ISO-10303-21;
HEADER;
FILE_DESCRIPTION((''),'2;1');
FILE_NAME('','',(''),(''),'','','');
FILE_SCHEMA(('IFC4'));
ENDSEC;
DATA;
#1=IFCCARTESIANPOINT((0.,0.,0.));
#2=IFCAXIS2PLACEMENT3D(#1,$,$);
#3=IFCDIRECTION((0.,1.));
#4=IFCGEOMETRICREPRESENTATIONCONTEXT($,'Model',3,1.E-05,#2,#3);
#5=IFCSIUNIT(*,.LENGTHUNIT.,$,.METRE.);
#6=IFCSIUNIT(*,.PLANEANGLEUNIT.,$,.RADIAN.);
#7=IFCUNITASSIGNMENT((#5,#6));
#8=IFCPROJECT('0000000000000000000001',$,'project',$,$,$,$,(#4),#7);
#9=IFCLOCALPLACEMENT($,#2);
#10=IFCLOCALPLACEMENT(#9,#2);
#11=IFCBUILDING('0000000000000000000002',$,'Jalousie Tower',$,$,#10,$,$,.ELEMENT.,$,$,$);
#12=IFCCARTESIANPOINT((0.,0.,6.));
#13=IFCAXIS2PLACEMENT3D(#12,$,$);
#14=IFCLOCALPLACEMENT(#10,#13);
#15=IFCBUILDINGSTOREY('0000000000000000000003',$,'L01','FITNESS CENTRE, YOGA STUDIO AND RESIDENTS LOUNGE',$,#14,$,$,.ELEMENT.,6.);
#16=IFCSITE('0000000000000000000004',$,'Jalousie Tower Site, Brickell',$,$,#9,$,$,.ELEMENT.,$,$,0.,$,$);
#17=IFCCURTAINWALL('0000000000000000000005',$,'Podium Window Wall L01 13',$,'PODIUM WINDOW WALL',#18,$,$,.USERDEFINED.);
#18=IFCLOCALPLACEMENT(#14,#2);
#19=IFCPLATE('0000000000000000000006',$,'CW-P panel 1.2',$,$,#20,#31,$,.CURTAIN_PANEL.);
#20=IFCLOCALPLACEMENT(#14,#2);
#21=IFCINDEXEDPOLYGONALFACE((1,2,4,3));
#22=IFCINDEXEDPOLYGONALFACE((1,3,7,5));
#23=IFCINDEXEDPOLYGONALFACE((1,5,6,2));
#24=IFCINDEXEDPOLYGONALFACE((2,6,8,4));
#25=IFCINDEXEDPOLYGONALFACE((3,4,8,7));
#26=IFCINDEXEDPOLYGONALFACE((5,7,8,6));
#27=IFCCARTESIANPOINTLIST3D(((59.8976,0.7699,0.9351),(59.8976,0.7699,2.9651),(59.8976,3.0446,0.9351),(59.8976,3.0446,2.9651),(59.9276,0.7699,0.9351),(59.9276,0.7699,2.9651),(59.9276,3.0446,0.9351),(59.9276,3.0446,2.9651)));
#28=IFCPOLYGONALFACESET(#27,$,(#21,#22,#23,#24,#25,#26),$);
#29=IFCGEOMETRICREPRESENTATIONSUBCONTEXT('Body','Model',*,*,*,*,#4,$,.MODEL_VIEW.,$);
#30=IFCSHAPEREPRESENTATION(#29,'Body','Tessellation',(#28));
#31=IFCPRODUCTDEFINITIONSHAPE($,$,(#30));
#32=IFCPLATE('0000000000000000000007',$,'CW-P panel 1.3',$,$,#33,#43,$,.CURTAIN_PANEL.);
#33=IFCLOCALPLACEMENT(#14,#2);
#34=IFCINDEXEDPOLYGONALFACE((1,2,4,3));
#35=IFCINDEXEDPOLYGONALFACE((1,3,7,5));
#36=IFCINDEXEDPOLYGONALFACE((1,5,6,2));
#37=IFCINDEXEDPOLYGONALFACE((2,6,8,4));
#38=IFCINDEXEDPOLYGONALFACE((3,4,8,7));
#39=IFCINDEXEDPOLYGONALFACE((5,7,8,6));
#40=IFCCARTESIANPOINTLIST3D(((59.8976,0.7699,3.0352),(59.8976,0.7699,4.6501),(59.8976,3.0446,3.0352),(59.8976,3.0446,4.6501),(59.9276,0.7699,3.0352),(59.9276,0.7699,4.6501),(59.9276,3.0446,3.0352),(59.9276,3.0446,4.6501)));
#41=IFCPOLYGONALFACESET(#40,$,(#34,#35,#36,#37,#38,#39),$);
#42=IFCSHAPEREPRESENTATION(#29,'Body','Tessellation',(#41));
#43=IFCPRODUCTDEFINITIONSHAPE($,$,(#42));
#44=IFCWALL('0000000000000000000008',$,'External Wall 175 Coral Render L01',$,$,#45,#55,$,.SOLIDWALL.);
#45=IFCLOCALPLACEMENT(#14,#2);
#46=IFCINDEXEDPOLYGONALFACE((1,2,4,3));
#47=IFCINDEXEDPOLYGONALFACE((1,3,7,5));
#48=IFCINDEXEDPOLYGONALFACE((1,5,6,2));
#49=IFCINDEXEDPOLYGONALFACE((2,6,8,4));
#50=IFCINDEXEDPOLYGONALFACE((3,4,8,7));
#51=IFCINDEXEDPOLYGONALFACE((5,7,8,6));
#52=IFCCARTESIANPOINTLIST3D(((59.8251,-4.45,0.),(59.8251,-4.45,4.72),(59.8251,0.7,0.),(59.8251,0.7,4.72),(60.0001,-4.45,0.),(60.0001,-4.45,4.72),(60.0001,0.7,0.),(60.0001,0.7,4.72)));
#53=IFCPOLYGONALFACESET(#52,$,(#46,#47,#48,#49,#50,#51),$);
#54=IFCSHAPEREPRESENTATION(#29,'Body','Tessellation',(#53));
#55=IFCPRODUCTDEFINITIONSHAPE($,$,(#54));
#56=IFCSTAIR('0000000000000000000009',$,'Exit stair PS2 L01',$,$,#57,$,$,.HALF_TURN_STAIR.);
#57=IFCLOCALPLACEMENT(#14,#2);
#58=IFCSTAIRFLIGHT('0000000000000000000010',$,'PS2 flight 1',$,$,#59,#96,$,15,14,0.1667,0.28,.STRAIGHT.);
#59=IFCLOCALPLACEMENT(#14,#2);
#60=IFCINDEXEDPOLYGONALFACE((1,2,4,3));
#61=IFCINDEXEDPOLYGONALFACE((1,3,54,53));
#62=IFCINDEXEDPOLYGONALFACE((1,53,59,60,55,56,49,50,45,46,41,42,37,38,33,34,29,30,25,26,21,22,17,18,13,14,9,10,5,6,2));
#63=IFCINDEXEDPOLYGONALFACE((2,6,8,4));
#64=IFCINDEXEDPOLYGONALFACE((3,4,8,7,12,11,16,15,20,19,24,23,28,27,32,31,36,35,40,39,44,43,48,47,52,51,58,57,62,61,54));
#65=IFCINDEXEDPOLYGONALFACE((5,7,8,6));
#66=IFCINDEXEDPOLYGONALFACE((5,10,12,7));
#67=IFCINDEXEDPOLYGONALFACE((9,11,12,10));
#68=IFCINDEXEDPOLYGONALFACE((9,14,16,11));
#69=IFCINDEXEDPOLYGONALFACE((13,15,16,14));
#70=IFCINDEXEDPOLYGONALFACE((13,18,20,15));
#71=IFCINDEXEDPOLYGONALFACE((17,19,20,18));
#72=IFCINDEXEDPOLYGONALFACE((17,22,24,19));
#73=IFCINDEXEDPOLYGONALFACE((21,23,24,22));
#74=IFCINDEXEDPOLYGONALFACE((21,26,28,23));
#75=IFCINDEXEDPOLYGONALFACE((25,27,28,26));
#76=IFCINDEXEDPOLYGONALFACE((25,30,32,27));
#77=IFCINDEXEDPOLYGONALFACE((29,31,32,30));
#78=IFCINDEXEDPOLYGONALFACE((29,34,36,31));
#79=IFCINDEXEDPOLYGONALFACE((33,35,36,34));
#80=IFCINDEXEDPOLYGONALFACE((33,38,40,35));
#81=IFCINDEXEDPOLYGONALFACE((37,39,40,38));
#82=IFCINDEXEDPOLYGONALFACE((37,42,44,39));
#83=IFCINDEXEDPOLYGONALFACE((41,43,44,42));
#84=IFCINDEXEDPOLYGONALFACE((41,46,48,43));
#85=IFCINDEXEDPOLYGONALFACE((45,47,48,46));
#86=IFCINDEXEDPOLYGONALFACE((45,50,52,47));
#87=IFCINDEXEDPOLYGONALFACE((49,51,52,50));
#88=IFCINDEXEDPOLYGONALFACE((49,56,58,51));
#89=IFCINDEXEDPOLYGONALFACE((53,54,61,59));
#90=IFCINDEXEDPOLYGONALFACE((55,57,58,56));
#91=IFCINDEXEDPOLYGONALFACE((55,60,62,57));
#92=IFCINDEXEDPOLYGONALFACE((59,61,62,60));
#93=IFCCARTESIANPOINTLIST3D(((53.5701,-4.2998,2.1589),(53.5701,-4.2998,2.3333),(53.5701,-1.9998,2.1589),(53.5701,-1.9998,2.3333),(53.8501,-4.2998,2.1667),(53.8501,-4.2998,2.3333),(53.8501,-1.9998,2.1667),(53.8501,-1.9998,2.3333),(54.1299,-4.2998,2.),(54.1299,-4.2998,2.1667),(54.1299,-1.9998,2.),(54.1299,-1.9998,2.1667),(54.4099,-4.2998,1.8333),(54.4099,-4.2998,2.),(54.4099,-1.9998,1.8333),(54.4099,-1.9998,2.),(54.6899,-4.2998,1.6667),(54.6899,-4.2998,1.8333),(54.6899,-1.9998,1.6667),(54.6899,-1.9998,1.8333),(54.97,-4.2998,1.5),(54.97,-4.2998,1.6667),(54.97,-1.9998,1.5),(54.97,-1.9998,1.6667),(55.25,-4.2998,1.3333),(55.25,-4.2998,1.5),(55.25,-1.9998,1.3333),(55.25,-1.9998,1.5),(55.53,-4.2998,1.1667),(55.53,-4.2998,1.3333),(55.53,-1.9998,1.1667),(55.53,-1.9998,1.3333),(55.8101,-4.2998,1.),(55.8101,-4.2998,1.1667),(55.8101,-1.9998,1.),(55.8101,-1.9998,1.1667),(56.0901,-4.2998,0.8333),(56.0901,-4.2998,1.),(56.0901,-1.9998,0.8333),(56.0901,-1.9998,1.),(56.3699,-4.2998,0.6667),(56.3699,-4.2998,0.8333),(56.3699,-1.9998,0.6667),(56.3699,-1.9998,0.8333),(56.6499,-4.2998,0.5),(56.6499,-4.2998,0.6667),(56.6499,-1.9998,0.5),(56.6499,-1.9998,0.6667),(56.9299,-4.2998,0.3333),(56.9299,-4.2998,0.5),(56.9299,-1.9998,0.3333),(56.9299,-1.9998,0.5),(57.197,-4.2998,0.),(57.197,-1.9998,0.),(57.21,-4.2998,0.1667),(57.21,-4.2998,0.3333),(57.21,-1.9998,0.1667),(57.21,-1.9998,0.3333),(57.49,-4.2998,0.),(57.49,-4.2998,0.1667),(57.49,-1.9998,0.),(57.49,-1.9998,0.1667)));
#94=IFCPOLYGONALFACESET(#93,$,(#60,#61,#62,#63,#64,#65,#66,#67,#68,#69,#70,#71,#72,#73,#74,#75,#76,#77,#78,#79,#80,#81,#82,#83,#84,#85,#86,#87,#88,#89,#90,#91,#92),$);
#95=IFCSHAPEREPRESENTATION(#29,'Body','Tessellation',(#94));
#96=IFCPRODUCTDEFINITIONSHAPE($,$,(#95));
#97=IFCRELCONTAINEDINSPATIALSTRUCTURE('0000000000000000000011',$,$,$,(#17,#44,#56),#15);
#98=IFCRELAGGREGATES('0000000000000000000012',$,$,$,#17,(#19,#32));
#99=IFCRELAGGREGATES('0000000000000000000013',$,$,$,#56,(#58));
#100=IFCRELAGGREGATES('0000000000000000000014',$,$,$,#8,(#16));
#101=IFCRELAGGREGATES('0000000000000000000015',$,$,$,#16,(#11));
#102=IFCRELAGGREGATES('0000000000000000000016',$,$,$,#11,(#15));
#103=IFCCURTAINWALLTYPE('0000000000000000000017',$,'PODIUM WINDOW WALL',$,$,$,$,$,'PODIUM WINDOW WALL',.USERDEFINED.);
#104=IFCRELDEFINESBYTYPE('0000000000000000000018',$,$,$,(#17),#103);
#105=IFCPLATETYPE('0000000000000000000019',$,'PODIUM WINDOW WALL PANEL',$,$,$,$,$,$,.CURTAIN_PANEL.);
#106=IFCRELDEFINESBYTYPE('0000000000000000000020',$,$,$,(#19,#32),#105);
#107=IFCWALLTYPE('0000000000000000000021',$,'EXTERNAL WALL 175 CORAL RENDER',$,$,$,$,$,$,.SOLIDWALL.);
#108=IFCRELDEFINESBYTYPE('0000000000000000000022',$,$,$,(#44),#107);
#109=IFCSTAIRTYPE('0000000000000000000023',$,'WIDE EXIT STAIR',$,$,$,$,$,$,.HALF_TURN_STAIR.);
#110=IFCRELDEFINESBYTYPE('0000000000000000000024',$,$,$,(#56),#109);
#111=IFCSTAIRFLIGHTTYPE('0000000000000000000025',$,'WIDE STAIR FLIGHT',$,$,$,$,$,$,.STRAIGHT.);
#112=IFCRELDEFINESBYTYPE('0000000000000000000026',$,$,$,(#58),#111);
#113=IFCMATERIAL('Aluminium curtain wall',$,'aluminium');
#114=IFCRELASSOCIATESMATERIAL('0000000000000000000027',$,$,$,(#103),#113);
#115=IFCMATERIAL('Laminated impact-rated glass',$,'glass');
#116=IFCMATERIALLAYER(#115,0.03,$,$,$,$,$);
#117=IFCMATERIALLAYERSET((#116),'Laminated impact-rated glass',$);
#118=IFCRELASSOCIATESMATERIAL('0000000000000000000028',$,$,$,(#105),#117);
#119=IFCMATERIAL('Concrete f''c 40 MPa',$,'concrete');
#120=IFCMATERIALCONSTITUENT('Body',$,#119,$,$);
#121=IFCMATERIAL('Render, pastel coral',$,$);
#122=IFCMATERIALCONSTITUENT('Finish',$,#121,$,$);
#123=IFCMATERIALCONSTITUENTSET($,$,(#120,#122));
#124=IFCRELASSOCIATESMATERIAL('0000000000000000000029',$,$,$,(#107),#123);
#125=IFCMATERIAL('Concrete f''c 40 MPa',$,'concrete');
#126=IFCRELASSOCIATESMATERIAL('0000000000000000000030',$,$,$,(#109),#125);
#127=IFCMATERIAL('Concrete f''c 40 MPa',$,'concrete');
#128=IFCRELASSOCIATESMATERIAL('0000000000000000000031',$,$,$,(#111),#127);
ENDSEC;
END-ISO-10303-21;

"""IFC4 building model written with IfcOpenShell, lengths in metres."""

from ifc_helpers import new_model, si_unit, direction, frame, frame_2d, origin, origin_2d, place, context, subcontext, project, spatial, polyline, rectangle, outline, extrude, material, layer, layer_set, constituent, constituent_set, type_object, element, aggregate, save


model = new_model("IFC4")

# Units and contexts
model_context = context("Model", 3, precision=1e-05, world=origin(), true_north=direction((0.0, 1.0)))
body_context = subcontext(model_context, "Body", "Model", "MODEL_VIEW")
ifc_project = project(units=[si_unit("LENGTHUNIT", "METRE"), si_unit("PLANEANGLEUNIT", "RADIAN")], contexts=[model_context])

# Site, building, storey
site_placement = place(None, origin())
site = spatial("IfcSite", under=ifc_project, at=site_placement, Name="Jalousie Tower Site, Brickell", CompositionType="ELEMENT", RefElevation=0.0)
building_placement = place(site_placement, origin())
building = spatial("IfcBuilding", under=site, at=building_placement, Name="Jalousie Tower", CompositionType="ELEMENT")
storey_placement = place(building_placement, frame((0.0, 0.0, 6.0)))
storey = spatial("IfcBuildingStorey", under=building, at=storey_placement, Name="L01", Description="FITNESS CENTRE, YOGA STUDIO AND RESIDENTS LOUNGE", CompositionType="ELEMENT", Elevation=6.0)

# Shared definitions
ifc_material_1 = material(Name="Aluminium curtain wall", Category="aluminium")
curtain_wall_type = type_object("IfcCurtainWallType", Name="PODIUM WINDOW WALL", ElementType="PODIUM WINDOW WALL", PredefinedType="USERDEFINED", material=ifc_material_1)

# Curtain wall
curtain_wall_1_placement = place(storey_placement, origin())
curtain_wall_1 = element("IfcCurtainWall", 1, at=curtain_wall_1_placement, inside=storey, type_object=curtain_wall_type, Name="Podium Window Wall L01 13", ObjectType="PODIUM WINDOW WALL", PredefinedType="USERDEFINED")

# Plates
ifc_material_2 = material(Name="Laminated impact-rated glass", Category="glass")
ifc_layer = layer(ifc_material_2, 0.03)
ifc_layer_set = layer_set([ifc_layer], Name="Laminated impact-rated glass")
plate_type = type_object("IfcPlateType", Name="PODIUM WINDOW WALL PANEL", PredefinedType="CURTAIN_PANEL", material=ifc_layer_set)
plate_1_placement = place(storey_placement, frame((59.9126, 1.9072, 0.9351), z_axis=(0.0, 0.0, 1.0), x_axis=(0.0, 1.0, 0.0)))
plate_1 = element("IfcPlate", 2, at=plate_1_placement, type_object=plate_type, Name="CW-P panel 1.2", PredefinedType="CURTAIN_PANEL", context=body_context, shape_type="SweptSolid", body=[
    extrude(rectangle(XDim=2.2747, YDim=0.03, at=origin_2d()), origin(), (0.0, 0.0, 1.0), 2.03),
])
plate_2_placement = place(storey_placement, frame((59.9126, 1.9072, 3.0352), z_axis=(0.0, 0.0, 1.0), x_axis=(0.0, 1.0, 0.0)))
plate_2 = element("IfcPlate", 3, at=plate_2_placement, type_object=plate_type, Name="CW-P panel 1.3", PredefinedType="CURTAIN_PANEL", context=body_context, shape_type="SweptSolid", body=[
    extrude(rectangle(XDim=2.2747, YDim=0.03, at=origin_2d()), origin(), (0.0, 0.0, 1.0), 1.615),
])
aggregate(curtain_wall_1, [plate_1, plate_2])

# Wall
ifc_material_3 = material(Name="Concrete f'c 40 MPa", Category="concrete")
ifc_constituent_1 = constituent(ifc_material_3, Name="Body")
ifc_material_4 = material(Name="Render, pastel coral")
ifc_constituent_2 = constituent(ifc_material_4, Name="Finish")
ifc_constituent_set_1 = constituent_set(constituents=[ifc_constituent_1, ifc_constituent_2])
wall_type = type_object("IfcWallType", Name="EXTERNAL WALL 175 CORAL RENDER", PredefinedType="SOLIDWALL", material=ifc_constituent_set_1)
wall_placement = place(storey_placement, frame((59.9126, -4.45, 0.0), z_axis=(0.0, 0.0, 1.0), x_axis=(0.0, 1.0, 0.0)))
element("IfcWall", 4, at=wall_placement, inside=storey, type_object=wall_type, Name="External Wall 175 Coral Render L01", PredefinedType="SOLIDWALL", context=body_context, shape_type="SweptSolid", body=[
    extrude(rectangle(XDim=5.1499, YDim=0.175, at=frame_2d((2.575, 0.0))), origin(), (0.0, 0.0, 1.0), 4.72),
])

# Stair, stair flight
ifc_material_5 = material(Name="Concrete f'c 40 MPa", Category="concrete")
stair_type = type_object("IfcStairType", Name="WIDE EXIT STAIR", PredefinedType="HALF_TURN_STAIR", material=ifc_material_5)
stair_placement = place(storey_placement, origin())
stair = element("IfcStair", 5, at=stair_placement, inside=storey, type_object=stair_type, Name="Exit stair PS2 L01", PredefinedType="HALF_TURN_STAIR")
ifc_material_6 = material(Name="Concrete f'c 40 MPa", Category="concrete")
stair_flight_type = type_object("IfcStairFlightType", Name="WIDE STAIR FLIGHT", PredefinedType="STRAIGHT", material=ifc_material_6)
stair_flight_placement = place(storey_placement, frame((57.49, -3.1499, 0.0), z_axis=(0.0, 0.0, 1.0), x_axis=(-1.0, 0.0, 0.0)))
stair_flight = element("IfcStairFlight", 6, at=stair_flight_placement, type_object=stair_flight_type, Name="PS2 flight 1", NumberOfRisers=15, NumberOfTreads=14, PredefinedType="STRAIGHT", RiserHeight=0.1667, TreadLength=0.28, context=body_context, shape_type="SweptSolid", body=[
    extrude(outline(polyline([(0.0, 0.0), (0.0, 0.1667), (0.28, 0.1667), (0.28, 0.3333), (0.5601, 0.3333), (0.5601, 0.5), (0.8401, 0.5), (0.8401, 0.6667), (1.1201, 0.6667), (1.1201, 0.8333), (1.3999, 0.8333), (1.3999, 1.0), (1.6799, 1.0), (1.6799, 1.1667), (1.96, 1.1667), (1.96, 1.3333), (2.24, 1.3333), (2.24, 1.5), (2.52, 1.5), (2.52, 1.6667), (2.8, 1.6667), (2.8, 1.8333), (3.0801, 1.8333), (3.0801, 2.0), (3.3601, 2.0), (3.3601, 2.1667), (3.6399, 2.1667), (3.6399, 2.3333), (3.9199, 2.3333), (3.9199, 2.5), (3.9199, 2.1589), (0.293, 0.0), (0.0, 0.0)])), frame((0.0, 1.1499, 0.0), z_axis=(0.0, -1.0, 0.0), x_axis=(1.0, 0.0, 0.0)), (0.0, 0.0, 1.0), 2.3),
])
aggregate(stair, [stair_flight])

save(model, "model.ifc")
